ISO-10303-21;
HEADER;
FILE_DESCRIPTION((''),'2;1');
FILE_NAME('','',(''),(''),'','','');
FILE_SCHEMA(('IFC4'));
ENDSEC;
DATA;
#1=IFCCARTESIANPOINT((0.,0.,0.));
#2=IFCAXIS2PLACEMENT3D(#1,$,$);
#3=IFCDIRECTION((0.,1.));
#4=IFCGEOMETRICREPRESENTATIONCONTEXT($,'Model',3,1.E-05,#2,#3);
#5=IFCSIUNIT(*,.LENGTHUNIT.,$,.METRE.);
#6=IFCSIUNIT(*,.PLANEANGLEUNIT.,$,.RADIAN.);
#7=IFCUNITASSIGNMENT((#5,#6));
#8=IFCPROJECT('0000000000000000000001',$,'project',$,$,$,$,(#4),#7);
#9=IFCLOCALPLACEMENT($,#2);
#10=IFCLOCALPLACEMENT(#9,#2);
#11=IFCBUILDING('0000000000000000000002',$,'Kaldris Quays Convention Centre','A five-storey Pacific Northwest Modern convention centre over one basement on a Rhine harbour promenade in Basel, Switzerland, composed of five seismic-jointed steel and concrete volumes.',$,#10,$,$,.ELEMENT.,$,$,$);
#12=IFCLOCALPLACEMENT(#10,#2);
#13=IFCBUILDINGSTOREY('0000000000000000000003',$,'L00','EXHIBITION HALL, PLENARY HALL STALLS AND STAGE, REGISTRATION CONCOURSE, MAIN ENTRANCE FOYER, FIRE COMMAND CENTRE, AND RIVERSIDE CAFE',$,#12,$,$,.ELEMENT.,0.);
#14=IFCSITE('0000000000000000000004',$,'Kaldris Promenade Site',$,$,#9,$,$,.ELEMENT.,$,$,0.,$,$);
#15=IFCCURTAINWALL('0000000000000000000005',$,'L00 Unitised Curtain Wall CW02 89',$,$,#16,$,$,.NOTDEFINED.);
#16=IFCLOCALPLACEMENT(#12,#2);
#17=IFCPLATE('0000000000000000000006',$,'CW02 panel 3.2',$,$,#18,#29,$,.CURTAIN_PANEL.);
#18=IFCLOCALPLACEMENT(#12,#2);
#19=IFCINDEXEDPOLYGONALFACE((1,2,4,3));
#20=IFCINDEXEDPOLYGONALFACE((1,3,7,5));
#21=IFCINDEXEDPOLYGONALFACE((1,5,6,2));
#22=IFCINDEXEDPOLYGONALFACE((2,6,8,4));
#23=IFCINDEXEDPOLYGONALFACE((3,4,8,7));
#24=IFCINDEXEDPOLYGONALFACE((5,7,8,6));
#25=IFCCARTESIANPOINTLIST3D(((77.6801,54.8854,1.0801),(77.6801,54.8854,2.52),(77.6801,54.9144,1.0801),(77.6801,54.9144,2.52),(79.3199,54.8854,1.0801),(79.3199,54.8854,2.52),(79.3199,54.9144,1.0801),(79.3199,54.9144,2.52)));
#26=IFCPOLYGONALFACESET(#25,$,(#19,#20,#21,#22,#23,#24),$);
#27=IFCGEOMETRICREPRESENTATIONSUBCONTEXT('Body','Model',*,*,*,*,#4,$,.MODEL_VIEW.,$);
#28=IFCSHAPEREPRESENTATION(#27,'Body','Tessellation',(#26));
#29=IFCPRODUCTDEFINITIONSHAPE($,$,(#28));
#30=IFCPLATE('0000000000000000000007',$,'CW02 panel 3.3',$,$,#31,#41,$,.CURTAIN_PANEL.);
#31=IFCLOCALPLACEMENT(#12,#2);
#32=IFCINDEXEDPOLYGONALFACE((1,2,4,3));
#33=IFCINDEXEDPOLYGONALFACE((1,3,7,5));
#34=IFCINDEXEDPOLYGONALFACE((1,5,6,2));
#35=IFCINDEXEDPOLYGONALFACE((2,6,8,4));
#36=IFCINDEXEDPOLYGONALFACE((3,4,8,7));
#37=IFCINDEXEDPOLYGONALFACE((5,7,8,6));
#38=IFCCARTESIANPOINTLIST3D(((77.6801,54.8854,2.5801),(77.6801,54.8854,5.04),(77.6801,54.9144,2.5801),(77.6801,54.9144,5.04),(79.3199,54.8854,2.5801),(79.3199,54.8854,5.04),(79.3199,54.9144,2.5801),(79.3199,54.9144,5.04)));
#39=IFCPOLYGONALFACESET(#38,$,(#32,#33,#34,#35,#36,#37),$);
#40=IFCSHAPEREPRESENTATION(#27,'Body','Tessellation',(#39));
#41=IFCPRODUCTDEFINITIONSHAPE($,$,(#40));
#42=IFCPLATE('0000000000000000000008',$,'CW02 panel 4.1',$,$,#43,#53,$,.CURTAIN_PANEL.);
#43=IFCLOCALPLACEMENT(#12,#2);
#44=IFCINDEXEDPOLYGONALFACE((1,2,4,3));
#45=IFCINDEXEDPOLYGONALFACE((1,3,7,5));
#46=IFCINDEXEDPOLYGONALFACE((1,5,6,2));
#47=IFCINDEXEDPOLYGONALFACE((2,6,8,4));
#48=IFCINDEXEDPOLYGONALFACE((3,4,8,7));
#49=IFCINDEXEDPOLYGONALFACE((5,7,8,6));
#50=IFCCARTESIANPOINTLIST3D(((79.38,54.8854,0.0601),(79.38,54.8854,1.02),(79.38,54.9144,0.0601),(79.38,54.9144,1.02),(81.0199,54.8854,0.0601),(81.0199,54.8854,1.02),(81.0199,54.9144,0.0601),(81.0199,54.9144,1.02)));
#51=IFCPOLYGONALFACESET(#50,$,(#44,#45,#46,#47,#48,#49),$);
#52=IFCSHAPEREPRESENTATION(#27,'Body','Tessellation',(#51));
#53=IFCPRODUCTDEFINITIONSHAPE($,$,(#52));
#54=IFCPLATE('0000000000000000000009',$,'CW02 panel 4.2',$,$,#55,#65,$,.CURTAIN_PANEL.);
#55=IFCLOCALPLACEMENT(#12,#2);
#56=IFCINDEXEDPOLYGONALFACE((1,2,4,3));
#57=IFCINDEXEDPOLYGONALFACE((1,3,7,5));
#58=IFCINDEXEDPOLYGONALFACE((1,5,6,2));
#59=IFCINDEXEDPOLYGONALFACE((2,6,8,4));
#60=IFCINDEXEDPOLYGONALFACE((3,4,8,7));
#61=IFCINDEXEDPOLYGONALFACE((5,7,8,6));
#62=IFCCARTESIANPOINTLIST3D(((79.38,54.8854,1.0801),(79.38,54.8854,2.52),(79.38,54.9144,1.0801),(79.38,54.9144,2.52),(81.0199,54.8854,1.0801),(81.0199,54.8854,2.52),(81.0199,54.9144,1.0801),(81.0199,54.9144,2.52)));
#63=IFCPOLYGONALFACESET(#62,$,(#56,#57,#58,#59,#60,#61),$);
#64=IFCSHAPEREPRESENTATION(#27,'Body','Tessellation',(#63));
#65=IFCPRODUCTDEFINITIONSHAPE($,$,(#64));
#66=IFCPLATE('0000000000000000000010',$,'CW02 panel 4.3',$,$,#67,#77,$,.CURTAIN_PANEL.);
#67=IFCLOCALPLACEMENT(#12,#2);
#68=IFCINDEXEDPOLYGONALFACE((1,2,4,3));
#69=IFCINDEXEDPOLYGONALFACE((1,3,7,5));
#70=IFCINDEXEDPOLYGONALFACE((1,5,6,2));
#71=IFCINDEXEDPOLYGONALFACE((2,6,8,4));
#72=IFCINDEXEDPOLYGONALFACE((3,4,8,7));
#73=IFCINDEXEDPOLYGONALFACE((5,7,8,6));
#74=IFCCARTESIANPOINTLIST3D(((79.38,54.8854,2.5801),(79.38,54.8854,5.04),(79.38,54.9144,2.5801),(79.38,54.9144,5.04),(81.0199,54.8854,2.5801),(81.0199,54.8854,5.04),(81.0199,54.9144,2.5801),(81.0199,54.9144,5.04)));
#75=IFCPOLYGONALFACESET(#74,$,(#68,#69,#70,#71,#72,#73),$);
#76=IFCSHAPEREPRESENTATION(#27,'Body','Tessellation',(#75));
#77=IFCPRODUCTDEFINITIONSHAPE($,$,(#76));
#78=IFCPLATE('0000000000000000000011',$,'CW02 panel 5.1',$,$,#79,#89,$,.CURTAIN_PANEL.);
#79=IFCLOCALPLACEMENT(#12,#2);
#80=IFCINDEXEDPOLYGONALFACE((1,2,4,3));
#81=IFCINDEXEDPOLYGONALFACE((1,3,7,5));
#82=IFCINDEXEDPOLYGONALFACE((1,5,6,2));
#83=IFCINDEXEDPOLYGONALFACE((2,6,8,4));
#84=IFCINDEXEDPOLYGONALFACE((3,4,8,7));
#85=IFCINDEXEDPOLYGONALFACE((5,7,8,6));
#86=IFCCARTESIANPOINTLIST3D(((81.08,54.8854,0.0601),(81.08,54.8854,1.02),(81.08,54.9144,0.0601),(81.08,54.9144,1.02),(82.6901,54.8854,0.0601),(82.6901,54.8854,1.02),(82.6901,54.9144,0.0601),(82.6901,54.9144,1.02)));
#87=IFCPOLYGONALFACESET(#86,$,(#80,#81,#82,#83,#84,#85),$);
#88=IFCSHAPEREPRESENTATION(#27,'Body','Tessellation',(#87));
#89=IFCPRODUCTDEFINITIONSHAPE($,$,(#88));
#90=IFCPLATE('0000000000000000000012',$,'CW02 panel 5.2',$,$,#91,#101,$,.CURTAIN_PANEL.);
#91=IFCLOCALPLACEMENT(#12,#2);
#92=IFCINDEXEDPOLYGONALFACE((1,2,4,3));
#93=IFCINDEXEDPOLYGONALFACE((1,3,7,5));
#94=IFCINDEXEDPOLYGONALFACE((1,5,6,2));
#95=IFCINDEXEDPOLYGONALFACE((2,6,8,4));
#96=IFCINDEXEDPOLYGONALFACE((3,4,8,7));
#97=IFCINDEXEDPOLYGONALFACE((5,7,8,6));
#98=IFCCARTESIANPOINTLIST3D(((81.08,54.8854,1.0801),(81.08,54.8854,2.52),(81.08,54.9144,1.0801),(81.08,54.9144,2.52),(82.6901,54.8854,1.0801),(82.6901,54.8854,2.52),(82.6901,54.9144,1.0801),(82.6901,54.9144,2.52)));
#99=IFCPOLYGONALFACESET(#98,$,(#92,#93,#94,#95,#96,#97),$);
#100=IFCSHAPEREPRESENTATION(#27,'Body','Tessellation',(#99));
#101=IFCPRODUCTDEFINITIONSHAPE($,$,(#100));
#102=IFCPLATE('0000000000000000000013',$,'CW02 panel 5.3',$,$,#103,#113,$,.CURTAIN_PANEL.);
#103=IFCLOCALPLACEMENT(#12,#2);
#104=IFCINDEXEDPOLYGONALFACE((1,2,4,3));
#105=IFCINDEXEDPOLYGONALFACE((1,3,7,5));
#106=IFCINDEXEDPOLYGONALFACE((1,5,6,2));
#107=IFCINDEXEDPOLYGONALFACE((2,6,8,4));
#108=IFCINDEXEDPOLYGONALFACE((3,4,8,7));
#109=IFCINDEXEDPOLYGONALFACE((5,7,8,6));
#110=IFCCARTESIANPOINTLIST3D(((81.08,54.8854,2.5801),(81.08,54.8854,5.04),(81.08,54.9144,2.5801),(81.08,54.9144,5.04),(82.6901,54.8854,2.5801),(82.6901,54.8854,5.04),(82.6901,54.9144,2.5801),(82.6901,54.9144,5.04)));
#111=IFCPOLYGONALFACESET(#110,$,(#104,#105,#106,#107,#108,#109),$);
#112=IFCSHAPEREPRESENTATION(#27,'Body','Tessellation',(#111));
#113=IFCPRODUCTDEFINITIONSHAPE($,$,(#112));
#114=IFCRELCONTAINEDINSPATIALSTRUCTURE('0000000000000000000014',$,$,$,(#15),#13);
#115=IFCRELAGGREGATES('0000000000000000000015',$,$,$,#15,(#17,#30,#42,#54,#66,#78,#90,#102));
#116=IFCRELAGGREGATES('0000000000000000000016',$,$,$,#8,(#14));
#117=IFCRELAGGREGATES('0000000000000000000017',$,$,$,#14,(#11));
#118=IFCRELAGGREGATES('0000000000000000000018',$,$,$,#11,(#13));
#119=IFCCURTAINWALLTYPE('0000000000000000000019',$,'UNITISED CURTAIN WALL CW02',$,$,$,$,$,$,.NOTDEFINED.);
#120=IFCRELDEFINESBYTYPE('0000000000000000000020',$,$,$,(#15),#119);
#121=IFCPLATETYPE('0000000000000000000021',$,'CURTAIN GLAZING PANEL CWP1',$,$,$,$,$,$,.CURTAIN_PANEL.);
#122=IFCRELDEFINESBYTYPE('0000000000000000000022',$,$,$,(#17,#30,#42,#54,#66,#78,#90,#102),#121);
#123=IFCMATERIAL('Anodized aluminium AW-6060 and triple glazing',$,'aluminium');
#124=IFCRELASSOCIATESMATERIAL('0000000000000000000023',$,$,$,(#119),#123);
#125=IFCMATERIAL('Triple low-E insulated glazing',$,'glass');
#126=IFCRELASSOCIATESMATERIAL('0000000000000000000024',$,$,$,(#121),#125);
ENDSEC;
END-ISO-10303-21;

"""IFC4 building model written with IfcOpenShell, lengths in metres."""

from ifc_helpers import new_model, si_unit, direction, frame, origin, origin_2d, place, context, subcontext, project, spatial, rectangle, extrude, material, type_object, element, aggregate, save


model = new_model("IFC4")

# Units and contexts
model_context = context("Model", 3, precision=1e-05, world=origin(), true_north=direction((0.0, 1.0)))
body_context = subcontext(model_context, "Body", "Model", "MODEL_VIEW")
ifc_project = project(units=[si_unit("LENGTHUNIT", "METRE"), si_unit("PLANEANGLEUNIT", "RADIAN")], contexts=[model_context])

# Site, building, storey
site_placement = place(None, origin())
site = spatial("IfcSite", under=ifc_project, at=site_placement, Name="Kaldris Promenade Site", CompositionType="ELEMENT", RefElevation=0.0)
building_placement = place(site_placement, origin())
building = spatial("IfcBuilding", under=site, at=building_placement, Name="Kaldris Quays Convention Centre", Description="A five-storey Pacific Northwest Modern convention centre over one basement on a Rhine harbour promenade in Basel, Switzerland, composed of five seismic-jointed steel and concrete volumes.", CompositionType="ELEMENT")
storey_placement = place(building_placement, origin())
storey = spatial("IfcBuildingStorey", under=building, at=storey_placement, Name="L00", Description="EXHIBITION HALL, PLENARY HALL STALLS AND STAGE, REGISTRATION CONCOURSE, MAIN ENTRANCE FOYER, FIRE COMMAND CENTRE, AND RIVERSIDE CAFE", CompositionType="ELEMENT", Elevation=0.0)

# Curtain wall
ifc_material_1 = material(Name="Anodized aluminium AW-6060 and triple glazing", Category="aluminium")
curtain_wall_type = type_object("IfcCurtainWallType", Name="UNITISED CURTAIN WALL CW02", PredefinedType="NOTDEFINED", material=ifc_material_1)
curtain_wall_placement = place(storey_placement, origin())
curtain_wall = element("IfcCurtainWall", 1, at=curtain_wall_placement, inside=storey, type_object=curtain_wall_type, Name="L00 Unitised Curtain Wall CW02 89", PredefinedType="NOTDEFINED")

# Plates
ifc_material_2 = material(Name="Triple low-E insulated glazing", Category="glass")
plate_type = type_object("IfcPlateType", Name="CURTAIN GLAZING PANEL CWP1", PredefinedType="CURTAIN_PANEL", material=ifc_material_2)
plate_1_placement = place(storey_placement, frame((78.5, 54.8999, 1.0801), z_axis=(0.0, 0.0, 1.0), x_axis=(1.0, 0.0, 0.0)))
plate_1 = element("IfcPlate", 2, at=plate_1_placement, type_object=plate_type, Name="CW02 panel 3.2", PredefinedType="CURTAIN_PANEL", context=body_context, shape_type="SweptSolid", body=[
    extrude(rectangle(XDim=1.6399, YDim=0.0291, at=origin_2d()), origin(), (0.0, 0.0, 1.0), 1.4399),
])
plate_2_placement = place(storey_placement, frame((78.5, 54.8999, 2.5801), z_axis=(0.0, 0.0, 1.0), x_axis=(1.0, 0.0, 0.0)))
plate_2 = element("IfcPlate", 3, at=plate_2_placement, type_object=plate_type, Name="CW02 panel 3.3", PredefinedType="CURTAIN_PANEL", context=body_context, shape_type="SweptSolid", body=[
    extrude(rectangle(XDim=1.6399, YDim=0.0291, at=origin_2d()), origin(), (0.0, 0.0, 1.0), 2.46),
])
plate_3_placement = place(storey_placement, frame((80.2, 54.8999, 0.0601), z_axis=(0.0, 0.0, 1.0), x_axis=(1.0, 0.0, 0.0)))
plate_3 = element("IfcPlate", 4, at=plate_3_placement, type_object=plate_type, Name="CW02 panel 4.1", PredefinedType="CURTAIN_PANEL", context=body_context, shape_type="SweptSolid", body=[
    extrude(rectangle(XDim=1.6399, YDim=0.0291, at=origin_2d()), origin(), (0.0, 0.0, 1.0), 0.96),
])
plate_4_placement = place(storey_placement, frame((80.2, 54.8999, 1.0801), z_axis=(0.0, 0.0, 1.0), x_axis=(1.0, 0.0, 0.0)))
plate_4 = element("IfcPlate", 5, at=plate_4_placement, type_object=plate_type, Name="CW02 panel 4.2", PredefinedType="CURTAIN_PANEL", context=body_context, shape_type="SweptSolid", body=[
    extrude(rectangle(XDim=1.6399, YDim=0.0291, at=origin_2d()), origin(), (0.0, 0.0, 1.0), 1.4399),
])
plate_5_placement = place(storey_placement, frame((80.2, 54.8999, 2.5801), z_axis=(0.0, 0.0, 1.0), x_axis=(1.0, 0.0, 0.0)))
plate_5 = element("IfcPlate", 6, at=plate_5_placement, type_object=plate_type, Name="CW02 panel 4.3", PredefinedType="CURTAIN_PANEL", context=body_context, shape_type="SweptSolid", body=[
    extrude(rectangle(XDim=1.6399, YDim=0.0291, at=origin_2d()), origin(), (0.0, 0.0, 1.0), 2.46),
])
plate_6_placement = place(storey_placement, frame((81.885, 54.8999, 0.0601), z_axis=(0.0, 0.0, 1.0), x_axis=(1.0, 0.0, 0.0)))
plate_6 = element("IfcPlate", 7, at=plate_6_placement, type_object=plate_type, Name="CW02 panel 5.1", PredefinedType="CURTAIN_PANEL", context=body_context, shape_type="SweptSolid", body=[
    extrude(rectangle(XDim=1.6101, YDim=0.0291, at=origin_2d()), origin(), (0.0, 0.0, 1.0), 0.96),
])
plate_7_placement = place(storey_placement, frame((81.885, 54.8999, 1.0801), z_axis=(0.0, 0.0, 1.0), x_axis=(1.0, 0.0, 0.0)))
plate_7 = element("IfcPlate", 8, at=plate_7_placement, type_object=plate_type, Name="CW02 panel 5.2", PredefinedType="CURTAIN_PANEL", context=body_context, shape_type="SweptSolid", body=[
    extrude(rectangle(XDim=1.6101, YDim=0.0291, at=origin_2d()), origin(), (0.0, 0.0, 1.0), 1.4399),
])
plate_8_placement = place(storey_placement, frame((81.885, 54.8999, 2.5801), z_axis=(0.0, 0.0, 1.0), x_axis=(1.0, 0.0, 0.0)))
plate_8 = element("IfcPlate", 9, at=plate_8_placement, type_object=plate_type, Name="CW02 panel 5.3", PredefinedType="CURTAIN_PANEL", context=body_context, shape_type="SweptSolid", body=[
    extrude(rectangle(XDim=1.6101, YDim=0.0291, at=origin_2d()), origin(), (0.0, 0.0, 1.0), 2.46),
])
aggregate(curtain_wall, [plate_1, plate_2, plate_3, plate_4, plate_5, plate_6, plate_7, plate_8])

save(model, "model.ifc")
